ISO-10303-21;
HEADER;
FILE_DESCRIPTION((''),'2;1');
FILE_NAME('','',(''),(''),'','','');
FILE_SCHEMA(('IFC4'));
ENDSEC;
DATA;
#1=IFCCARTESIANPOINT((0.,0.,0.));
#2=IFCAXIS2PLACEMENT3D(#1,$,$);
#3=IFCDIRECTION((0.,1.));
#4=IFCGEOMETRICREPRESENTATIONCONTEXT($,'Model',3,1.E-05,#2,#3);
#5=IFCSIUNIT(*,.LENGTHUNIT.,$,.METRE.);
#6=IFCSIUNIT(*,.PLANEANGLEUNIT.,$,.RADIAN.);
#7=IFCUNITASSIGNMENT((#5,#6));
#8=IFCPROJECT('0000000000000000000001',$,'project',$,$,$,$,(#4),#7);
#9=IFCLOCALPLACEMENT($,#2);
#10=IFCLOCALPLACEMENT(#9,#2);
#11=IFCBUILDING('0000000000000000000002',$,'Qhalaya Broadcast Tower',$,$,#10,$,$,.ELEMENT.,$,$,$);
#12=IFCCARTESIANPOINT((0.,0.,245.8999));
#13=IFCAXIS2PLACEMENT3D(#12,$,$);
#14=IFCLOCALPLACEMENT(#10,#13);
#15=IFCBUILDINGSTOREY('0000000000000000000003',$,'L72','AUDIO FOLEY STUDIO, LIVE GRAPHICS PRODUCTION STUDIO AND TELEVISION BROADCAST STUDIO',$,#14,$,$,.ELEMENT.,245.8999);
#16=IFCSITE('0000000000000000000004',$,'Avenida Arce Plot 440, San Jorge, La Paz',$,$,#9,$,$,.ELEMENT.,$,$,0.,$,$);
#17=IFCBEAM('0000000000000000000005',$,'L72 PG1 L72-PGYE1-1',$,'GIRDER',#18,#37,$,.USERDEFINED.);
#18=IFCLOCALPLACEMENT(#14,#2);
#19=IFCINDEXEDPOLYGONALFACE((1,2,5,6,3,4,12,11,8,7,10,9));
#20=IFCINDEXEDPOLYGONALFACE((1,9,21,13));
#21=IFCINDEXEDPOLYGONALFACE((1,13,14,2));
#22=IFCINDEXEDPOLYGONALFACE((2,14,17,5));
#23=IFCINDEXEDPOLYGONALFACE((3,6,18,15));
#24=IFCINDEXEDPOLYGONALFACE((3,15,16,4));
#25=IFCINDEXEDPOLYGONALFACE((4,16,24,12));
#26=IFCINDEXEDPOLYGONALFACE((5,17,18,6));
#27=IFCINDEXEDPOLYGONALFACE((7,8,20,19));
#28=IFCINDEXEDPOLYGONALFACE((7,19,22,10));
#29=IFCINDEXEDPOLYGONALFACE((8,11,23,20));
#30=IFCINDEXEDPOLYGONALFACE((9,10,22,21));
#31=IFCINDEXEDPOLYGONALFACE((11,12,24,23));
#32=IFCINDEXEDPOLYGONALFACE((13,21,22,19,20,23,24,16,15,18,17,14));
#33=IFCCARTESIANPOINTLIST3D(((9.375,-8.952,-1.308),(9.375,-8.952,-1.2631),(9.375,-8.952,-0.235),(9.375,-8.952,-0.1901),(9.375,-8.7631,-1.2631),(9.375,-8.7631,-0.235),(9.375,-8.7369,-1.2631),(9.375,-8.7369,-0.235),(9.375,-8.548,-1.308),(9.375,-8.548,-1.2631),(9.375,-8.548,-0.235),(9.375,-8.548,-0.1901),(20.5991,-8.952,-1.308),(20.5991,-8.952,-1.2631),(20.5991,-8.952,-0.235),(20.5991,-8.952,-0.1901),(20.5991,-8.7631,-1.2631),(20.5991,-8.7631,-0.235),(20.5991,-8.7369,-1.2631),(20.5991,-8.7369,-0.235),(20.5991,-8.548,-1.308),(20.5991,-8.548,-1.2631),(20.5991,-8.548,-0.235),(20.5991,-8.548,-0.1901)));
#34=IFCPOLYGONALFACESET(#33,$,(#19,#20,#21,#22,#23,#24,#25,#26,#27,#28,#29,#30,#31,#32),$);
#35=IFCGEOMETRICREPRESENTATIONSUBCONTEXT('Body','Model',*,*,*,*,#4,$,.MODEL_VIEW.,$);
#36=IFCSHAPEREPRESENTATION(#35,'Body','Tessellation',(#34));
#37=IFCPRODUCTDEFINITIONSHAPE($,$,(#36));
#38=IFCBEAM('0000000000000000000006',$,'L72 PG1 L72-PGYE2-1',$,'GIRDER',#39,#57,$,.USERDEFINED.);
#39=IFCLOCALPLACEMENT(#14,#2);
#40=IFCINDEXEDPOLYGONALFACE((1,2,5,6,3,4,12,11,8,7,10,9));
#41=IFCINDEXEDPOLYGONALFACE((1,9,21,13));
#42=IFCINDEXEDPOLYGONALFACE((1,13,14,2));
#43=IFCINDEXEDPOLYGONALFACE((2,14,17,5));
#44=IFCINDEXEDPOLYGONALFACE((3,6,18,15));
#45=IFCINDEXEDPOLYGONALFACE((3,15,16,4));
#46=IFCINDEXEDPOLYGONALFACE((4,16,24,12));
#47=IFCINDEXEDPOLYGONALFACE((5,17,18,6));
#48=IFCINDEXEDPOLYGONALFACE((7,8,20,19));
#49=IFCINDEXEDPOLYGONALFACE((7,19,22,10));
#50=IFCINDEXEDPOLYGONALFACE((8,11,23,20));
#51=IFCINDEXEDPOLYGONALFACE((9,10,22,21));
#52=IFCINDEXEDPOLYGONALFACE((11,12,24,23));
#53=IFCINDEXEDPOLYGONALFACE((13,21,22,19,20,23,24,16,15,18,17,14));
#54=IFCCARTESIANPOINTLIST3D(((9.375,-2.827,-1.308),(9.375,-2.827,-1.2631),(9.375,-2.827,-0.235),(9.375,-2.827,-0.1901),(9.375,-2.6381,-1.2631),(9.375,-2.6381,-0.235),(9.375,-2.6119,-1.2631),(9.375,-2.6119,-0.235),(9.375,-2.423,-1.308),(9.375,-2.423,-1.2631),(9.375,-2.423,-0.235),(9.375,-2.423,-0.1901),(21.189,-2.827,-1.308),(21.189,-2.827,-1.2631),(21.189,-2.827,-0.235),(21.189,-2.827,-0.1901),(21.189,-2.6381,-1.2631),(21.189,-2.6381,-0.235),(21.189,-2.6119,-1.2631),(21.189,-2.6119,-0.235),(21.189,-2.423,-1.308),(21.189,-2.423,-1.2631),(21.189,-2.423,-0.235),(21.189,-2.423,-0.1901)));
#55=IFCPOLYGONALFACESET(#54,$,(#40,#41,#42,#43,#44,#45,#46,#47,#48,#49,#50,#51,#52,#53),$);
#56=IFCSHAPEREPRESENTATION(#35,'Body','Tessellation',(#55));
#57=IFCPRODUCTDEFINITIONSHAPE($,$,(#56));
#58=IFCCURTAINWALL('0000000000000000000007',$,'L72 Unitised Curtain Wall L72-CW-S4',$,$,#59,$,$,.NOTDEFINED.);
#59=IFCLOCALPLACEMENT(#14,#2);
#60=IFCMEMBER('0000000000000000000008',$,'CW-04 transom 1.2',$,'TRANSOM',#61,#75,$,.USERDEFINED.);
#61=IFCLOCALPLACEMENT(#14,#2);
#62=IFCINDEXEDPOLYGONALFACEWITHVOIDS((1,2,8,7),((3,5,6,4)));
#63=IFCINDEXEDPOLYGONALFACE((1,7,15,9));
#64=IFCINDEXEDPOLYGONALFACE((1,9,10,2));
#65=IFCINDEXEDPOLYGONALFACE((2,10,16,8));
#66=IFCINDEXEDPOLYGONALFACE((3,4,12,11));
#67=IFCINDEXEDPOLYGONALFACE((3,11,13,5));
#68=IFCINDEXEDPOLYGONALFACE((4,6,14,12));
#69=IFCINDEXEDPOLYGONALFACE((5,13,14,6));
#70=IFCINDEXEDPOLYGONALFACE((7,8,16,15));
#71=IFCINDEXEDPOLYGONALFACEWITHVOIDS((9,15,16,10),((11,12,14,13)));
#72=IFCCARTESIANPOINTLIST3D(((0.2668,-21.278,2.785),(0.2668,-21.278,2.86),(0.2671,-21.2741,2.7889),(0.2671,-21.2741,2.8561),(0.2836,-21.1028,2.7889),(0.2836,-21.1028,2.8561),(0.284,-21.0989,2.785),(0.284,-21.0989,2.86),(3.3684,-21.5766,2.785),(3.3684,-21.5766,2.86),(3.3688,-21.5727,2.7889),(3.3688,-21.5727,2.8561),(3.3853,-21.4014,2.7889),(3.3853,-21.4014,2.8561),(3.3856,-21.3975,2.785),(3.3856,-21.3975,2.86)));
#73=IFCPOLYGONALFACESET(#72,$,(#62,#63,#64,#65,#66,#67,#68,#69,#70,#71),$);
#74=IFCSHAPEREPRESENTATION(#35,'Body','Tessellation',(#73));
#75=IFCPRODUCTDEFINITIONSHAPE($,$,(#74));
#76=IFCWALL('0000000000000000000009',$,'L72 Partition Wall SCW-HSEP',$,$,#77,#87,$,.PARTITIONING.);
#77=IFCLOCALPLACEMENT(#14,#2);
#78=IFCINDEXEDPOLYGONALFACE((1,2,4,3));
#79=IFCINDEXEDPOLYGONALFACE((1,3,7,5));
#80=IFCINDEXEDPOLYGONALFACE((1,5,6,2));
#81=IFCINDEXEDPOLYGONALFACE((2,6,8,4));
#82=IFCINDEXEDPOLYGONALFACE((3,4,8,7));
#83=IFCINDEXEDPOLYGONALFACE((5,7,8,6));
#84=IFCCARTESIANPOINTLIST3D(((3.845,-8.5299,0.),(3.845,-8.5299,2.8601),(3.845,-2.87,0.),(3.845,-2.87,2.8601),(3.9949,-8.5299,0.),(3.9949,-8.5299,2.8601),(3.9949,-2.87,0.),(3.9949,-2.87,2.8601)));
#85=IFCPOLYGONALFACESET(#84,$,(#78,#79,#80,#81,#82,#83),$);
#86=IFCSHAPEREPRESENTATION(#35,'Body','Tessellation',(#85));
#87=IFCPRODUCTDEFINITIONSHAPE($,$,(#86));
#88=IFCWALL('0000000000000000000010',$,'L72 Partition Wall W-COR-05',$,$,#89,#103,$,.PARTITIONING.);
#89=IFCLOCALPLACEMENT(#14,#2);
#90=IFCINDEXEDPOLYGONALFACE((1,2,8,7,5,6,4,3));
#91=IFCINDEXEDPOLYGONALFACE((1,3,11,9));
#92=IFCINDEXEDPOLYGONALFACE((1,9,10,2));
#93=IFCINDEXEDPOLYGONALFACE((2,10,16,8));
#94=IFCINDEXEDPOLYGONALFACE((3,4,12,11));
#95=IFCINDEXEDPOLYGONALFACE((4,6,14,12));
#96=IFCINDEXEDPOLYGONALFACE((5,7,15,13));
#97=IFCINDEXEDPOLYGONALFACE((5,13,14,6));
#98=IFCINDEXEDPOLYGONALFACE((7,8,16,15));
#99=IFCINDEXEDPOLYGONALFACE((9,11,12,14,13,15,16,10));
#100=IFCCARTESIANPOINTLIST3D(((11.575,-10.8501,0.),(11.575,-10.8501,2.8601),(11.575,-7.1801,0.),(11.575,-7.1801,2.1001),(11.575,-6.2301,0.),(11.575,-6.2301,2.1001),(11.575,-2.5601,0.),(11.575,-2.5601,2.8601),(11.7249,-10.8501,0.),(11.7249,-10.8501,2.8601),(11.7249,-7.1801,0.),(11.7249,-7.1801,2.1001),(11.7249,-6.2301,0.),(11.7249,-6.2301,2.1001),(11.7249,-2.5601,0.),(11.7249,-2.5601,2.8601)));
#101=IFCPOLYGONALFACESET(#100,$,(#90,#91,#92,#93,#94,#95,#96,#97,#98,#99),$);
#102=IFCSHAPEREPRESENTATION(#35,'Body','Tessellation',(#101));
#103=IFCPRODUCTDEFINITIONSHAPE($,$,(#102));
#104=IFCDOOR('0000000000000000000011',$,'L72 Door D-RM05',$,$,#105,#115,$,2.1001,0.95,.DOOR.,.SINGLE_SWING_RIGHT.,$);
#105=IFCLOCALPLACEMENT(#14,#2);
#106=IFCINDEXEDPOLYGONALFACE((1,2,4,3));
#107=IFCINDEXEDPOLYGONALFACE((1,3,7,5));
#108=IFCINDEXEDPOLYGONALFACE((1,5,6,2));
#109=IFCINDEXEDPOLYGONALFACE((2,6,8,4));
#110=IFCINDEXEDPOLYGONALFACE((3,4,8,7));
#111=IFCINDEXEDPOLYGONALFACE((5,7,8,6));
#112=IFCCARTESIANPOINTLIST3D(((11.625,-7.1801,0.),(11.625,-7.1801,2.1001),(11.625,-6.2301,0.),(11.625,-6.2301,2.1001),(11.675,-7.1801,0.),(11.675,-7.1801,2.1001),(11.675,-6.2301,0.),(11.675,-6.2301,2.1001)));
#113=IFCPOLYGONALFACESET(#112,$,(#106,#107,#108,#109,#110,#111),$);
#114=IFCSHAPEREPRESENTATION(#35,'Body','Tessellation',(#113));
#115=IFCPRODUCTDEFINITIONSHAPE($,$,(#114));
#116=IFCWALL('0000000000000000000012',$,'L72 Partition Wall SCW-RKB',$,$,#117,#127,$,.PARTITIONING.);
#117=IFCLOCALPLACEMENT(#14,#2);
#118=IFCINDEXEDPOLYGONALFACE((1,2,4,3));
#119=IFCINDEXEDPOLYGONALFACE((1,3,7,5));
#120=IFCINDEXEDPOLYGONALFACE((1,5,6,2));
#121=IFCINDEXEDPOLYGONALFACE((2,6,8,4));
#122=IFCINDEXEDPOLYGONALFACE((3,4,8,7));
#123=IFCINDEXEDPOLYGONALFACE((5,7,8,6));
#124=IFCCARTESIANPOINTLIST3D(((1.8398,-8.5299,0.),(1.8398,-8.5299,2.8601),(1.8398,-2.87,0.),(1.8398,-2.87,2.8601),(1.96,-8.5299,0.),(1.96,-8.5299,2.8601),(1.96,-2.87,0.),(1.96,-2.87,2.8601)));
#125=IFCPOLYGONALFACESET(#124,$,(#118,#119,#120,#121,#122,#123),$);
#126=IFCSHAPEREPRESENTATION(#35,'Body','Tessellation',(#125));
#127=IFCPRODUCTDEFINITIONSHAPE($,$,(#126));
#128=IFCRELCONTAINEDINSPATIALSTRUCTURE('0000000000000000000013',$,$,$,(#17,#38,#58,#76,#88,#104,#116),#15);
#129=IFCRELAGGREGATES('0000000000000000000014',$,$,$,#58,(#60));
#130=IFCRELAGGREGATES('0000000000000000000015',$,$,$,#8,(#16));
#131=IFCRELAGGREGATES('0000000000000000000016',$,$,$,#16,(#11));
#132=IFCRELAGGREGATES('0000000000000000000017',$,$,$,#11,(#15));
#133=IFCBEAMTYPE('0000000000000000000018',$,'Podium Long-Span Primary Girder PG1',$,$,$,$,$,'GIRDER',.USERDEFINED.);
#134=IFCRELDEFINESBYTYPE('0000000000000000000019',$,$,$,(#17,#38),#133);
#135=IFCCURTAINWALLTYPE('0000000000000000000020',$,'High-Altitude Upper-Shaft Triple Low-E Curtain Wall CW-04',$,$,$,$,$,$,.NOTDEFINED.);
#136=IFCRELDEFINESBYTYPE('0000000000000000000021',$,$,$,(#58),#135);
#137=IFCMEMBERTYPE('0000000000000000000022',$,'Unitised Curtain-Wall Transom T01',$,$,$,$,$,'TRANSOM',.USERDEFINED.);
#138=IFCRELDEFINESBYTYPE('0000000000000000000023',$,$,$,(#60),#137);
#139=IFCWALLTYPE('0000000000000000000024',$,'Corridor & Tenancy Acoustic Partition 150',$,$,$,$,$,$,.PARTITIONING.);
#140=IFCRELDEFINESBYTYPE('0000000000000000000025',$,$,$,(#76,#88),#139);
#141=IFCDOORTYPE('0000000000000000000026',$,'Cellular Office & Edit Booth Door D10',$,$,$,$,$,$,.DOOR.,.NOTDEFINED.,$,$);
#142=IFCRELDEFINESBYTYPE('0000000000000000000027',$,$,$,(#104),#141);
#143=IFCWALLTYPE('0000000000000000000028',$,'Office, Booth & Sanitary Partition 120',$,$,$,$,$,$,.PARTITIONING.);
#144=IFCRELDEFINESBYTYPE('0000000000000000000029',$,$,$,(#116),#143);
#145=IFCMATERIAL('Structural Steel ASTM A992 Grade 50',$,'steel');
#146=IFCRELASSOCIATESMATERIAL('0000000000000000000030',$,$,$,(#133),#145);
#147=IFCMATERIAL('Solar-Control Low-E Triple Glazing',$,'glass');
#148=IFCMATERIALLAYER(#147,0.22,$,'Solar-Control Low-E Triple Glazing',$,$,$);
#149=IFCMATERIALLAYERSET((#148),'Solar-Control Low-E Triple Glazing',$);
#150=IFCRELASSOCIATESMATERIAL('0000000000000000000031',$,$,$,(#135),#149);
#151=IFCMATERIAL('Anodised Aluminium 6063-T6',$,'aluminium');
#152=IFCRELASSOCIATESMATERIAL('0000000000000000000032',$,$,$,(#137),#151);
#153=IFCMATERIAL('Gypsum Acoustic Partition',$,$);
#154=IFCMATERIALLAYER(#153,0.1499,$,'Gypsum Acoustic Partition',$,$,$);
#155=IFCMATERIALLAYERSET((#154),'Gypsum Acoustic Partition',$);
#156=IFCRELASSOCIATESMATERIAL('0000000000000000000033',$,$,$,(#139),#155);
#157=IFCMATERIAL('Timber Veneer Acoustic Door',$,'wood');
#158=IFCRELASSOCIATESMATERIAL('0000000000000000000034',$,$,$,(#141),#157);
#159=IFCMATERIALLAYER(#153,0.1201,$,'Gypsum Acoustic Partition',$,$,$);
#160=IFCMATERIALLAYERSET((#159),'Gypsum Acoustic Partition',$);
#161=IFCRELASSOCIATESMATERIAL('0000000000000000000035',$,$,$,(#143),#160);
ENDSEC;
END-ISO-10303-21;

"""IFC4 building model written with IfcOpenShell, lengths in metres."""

from ifc_helpers import new_model, si_unit, direction, frame, frame_2d, origin, origin_2d, place, context, subcontext, project, spatial, rectangle, hollow_rectangle, i_section, extrude, material, layer, layer_set, material_profile, profile_set, type_object, element, fill, aggregate, save


model = new_model("IFC4")

# Units and contexts
model_context = context("Model", 3, precision=1e-05, world=origin(), true_north=direction((0.0, 1.0)))
body_context = subcontext(model_context, "Body", "Model", "MODEL_VIEW")
ifc_project = project(units=[si_unit("LENGTHUNIT", "METRE"), si_unit("PLANEANGLEUNIT", "RADIAN")], contexts=[model_context])

# Site, building, storey
site_placement = place(None, origin())
site = spatial("IfcSite", under=ifc_project, at=site_placement, Name="Avenida Arce Plot 440, San Jorge, La Paz", CompositionType="ELEMENT", RefElevation=0.0)
building_placement = place(site_placement, origin())
building = spatial("IfcBuilding", under=site, at=building_placement, Name="Qhalaya Broadcast Tower", CompositionType="ELEMENT")
storey_placement = place(building_placement, frame((0.0, 0.0, 245.8999)))
storey = spatial("IfcBuildingStorey", under=building, at=storey_placement, Name="L72", Description="AUDIO FOLEY STUDIO, LIVE GRAPHICS PRODUCTION STUDIO AND TELEVISION BROADCAST STUDIO", CompositionType="ELEMENT", Elevation=245.8999)

# Beams
ifc_material_1 = material(Name="Structural Steel ASTM A992 Grade 50", Category="steel")
ifc_material_profile_1 = material_profile(ifc_material_1, i_section(OverallWidth=0.4041, OverallDepth=1.1179, WebThickness=0.0261, FlangeThickness=0.0449, at=origin_2d()), Name="W44X335")
ifc_profile_set_1 = profile_set([ifc_material_profile_1], Name="Structural Steel ASTM A992 Grade 50")
beam_type_1 = type_object("IfcBeamType", Name="Podium Long-Span Primary Girder PG1", ElementType="GIRDER", PredefinedType="USERDEFINED", material=ifc_profile_set_1)
beam_1_placement = place(storey_placement, frame((9.375, -8.75, -0.749), z_axis=(1.0, 0.0, 0.0), x_axis=(0.0, 1.0, 0.0)))
element("IfcBeam", 1, at=beam_1_placement, inside=storey, type_object=beam_type_1, Name="L72 PG1 L72-PGYE1-1", ObjectType="GIRDER", PredefinedType="USERDEFINED", context=body_context, shape_type="SweptSolid", body=[
    extrude(i_section(OverallWidth=0.4041, OverallDepth=1.1179, WebThickness=0.0261, FlangeThickness=0.0449, at=origin_2d()), origin(), (0.0, 0.0, 1.0), 11.2241),
])
beam_2_placement = place(storey_placement, frame((9.375, -2.625, -0.749), z_axis=(1.0, 0.0, 0.0), x_axis=(0.0, 1.0, 0.0)))
element("IfcBeam", 2, at=beam_2_placement, inside=storey, type_object=beam_type_1, Name="L72 PG1 L72-PGYE2-1", ObjectType="GIRDER", PredefinedType="USERDEFINED", context=body_context, shape_type="SweptSolid", body=[
    extrude(i_section(OverallWidth=0.4041, OverallDepth=1.1179, WebThickness=0.0261, FlangeThickness=0.0449, at=origin_2d()), origin(), (0.0, 0.0, 1.0), 11.814),
])

# Curtain wall, member
ifc_material_2 = material(Name="Solar-Control Low-E Triple Glazing", Category="glass")
ifc_layer_1 = layer(ifc_material_2, 0.22, Name="Solar-Control Low-E Triple Glazing")
ifc_layer_set_1 = layer_set([ifc_layer_1], Name="Solar-Control Low-E Triple Glazing")
curtain_wall_type = type_object("IfcCurtainWallType", Name="High-Altitude Upper-Shaft Triple Low-E Curtain Wall CW-04", PredefinedType="NOTDEFINED", material=ifc_layer_set_1)
curtain_wall_placement = place(storey_placement, origin())
curtain_wall = element("IfcCurtainWall", 3, at=curtain_wall_placement, inside=storey, type_object=curtain_wall_type, Name="L72 Unitised Curtain Wall L72-CW-S4", PredefinedType="NOTDEFINED")
ifc_material_3 = material(Name="Anodised Aluminium 6063-T6", Category="aluminium")
ifc_material_profile_2 = material_profile(ifc_material_3, hollow_rectangle(XDim=0.075, YDim=0.1799, WallThickness=0.0039, at=origin_2d()), Name="ALU-TRN 75x180x4")
ifc_profile_set_2 = profile_set([ifc_material_profile_2], Name="Anodised Aluminium 6063-T6")
member_type = type_object("IfcMemberType", Name="Unitised Curtain-Wall Transom T01", ElementType="TRANSOM", PredefinedType="USERDEFINED", material=ifc_profile_set_2)
member_placement = place(storey_placement, frame((0.2754, -21.1885, 2.8225), z_axis=(0.995398, -0.095826, 0.0), x_axis=(0.0, 0.0, 1.0)))
member = element("IfcMember", 4, at=member_placement, type_object=member_type, Name="CW-04 transom 1.2", ObjectType="TRANSOM", PredefinedType="USERDEFINED", context=body_context, shape_type="SweptSolid", body=[
    extrude(hollow_rectangle(XDim=0.075, YDim=0.1799, WallThickness=0.0039, at=origin_2d()), origin(), (0.0, 0.0, 1.0), 3.116),
])
aggregate(curtain_wall, [member])

# Wall
ifc_material_4 = material(Name="Gypsum Acoustic Partition")
ifc_layer_2 = layer(ifc_material_4, 0.1499, Name="Gypsum Acoustic Partition")
ifc_layer_set_2 = layer_set([ifc_layer_2], Name="Gypsum Acoustic Partition")
wall_type_1 = type_object("IfcWallType", Name="Corridor & Tenancy Acoustic Partition 150", PredefinedType="PARTITIONING", material=ifc_layer_set_2)
wall_1_placement = place(storey_placement, frame((3.9199, -8.53, 0.0), z_axis=(0.0, 0.0, 1.0), x_axis=(0.0, 1.0, 0.0)))
element("IfcWall", 5, at=wall_1_placement, inside=storey, type_object=wall_type_1, Name="L72 Partition Wall SCW-HSEP", PredefinedType="PARTITIONING", context=body_context, shape_type="SweptSolid", body=[
    extrude(rectangle(XDim=5.6599, YDim=0.1499, at=frame_2d((2.8301, 0.0))), origin(), (0.0, 0.0, 1.0), 2.8601),
])

# Wall, opening, door
wall_2_placement = place(storey_placement, frame((11.6499, -10.8501, 0.0), z_axis=(0.0, 0.0, 1.0), x_axis=(0.0, 1.0, 0.0)))
wall_2 = element("IfcWall", 6, at=wall_2_placement, inside=storey, type_object=wall_type_1, Name="L72 Partition Wall W-COR-05", PredefinedType="PARTITIONING", context=body_context, shape_type="SweptSolid", body=[
    extrude(rectangle(XDim=8.29, YDim=0.1499, at=frame_2d((4.145, 0.0))), origin(), (0.0, 0.0, 1.0), 2.8601),
])
opening_1_placement = place(wall_2_placement, frame((3.6699, 0.0, 0.0)))
opening_1 = element("IfcOpeningElement", 7, at=opening_1_placement, cuts=wall_2, PredefinedType="OPENING", context=body_context, shape_type="SweptSolid", body=[
    extrude(rectangle(XDim=0.95, YDim=2.1001, at=frame_2d((0.4751, 1.05))), frame((0.0, 0.0869, 0.0), z_axis=(0.0, -1.0, 0.0), x_axis=(1.0, 0.0, 0.0)), (0.0, 0.0, 1.0), 0.1738),
])
ifc_material_5 = material(Name="Timber Veneer Acoustic Door", Category="wood")
door_type_1 = type_object("IfcDoorType", Name="Cellular Office & Edit Booth Door D10", OperationType="NOTDEFINED", PredefinedType="DOOR", material=ifc_material_5)
door_1_placement = place(opening_1_placement, origin())
door_1 = element("IfcDoor", 8, at=door_1_placement, inside=storey, type_object=door_type_1, Name="L72 Door D-RM05", OperationType="SINGLE_SWING_RIGHT", OverallHeight=2.1001, OverallWidth=0.95, PredefinedType="DOOR", context=body_context, shape_type="SweptSolid", body=[
    extrude(rectangle(XDim=0.95, YDim=2.1001, at=frame_2d((0.4751, 1.05))), frame((0.0, 0.0249, 0.0), z_axis=(0.0, -1.0, 0.0), x_axis=(1.0, 0.0, 0.0)), (0.0, 0.0, 1.0), 0.05),
])
fill(opening_1, door_1)

# Wall
ifc_layer_3 = layer(ifc_material_4, 0.1201, Name="Gypsum Acoustic Partition")
ifc_layer_set_3 = layer_set([ifc_layer_3], Name="Gypsum Acoustic Partition")
wall_type_2 = type_object("IfcWallType", Name="Office, Booth & Sanitary Partition 120", PredefinedType="PARTITIONING", material=ifc_layer_set_3)
wall_3_placement = place(storey_placement, frame((1.8999, -8.53, 0.0), z_axis=(0.0, 0.0, 1.0), x_axis=(0.0, 1.0, 0.0)))
element("IfcWall", 9, at=wall_3_placement, inside=storey, type_object=wall_type_2, Name="L72 Partition Wall SCW-RKB", PredefinedType="PARTITIONING", context=body_context, shape_type="SweptSolid", body=[
    extrude(rectangle(XDim=5.6599, YDim=0.1201, at=frame_2d((2.8301, 0.0))), origin(), (0.0, 0.0, 1.0), 2.8601),
])

save(model, "model.ifc")
